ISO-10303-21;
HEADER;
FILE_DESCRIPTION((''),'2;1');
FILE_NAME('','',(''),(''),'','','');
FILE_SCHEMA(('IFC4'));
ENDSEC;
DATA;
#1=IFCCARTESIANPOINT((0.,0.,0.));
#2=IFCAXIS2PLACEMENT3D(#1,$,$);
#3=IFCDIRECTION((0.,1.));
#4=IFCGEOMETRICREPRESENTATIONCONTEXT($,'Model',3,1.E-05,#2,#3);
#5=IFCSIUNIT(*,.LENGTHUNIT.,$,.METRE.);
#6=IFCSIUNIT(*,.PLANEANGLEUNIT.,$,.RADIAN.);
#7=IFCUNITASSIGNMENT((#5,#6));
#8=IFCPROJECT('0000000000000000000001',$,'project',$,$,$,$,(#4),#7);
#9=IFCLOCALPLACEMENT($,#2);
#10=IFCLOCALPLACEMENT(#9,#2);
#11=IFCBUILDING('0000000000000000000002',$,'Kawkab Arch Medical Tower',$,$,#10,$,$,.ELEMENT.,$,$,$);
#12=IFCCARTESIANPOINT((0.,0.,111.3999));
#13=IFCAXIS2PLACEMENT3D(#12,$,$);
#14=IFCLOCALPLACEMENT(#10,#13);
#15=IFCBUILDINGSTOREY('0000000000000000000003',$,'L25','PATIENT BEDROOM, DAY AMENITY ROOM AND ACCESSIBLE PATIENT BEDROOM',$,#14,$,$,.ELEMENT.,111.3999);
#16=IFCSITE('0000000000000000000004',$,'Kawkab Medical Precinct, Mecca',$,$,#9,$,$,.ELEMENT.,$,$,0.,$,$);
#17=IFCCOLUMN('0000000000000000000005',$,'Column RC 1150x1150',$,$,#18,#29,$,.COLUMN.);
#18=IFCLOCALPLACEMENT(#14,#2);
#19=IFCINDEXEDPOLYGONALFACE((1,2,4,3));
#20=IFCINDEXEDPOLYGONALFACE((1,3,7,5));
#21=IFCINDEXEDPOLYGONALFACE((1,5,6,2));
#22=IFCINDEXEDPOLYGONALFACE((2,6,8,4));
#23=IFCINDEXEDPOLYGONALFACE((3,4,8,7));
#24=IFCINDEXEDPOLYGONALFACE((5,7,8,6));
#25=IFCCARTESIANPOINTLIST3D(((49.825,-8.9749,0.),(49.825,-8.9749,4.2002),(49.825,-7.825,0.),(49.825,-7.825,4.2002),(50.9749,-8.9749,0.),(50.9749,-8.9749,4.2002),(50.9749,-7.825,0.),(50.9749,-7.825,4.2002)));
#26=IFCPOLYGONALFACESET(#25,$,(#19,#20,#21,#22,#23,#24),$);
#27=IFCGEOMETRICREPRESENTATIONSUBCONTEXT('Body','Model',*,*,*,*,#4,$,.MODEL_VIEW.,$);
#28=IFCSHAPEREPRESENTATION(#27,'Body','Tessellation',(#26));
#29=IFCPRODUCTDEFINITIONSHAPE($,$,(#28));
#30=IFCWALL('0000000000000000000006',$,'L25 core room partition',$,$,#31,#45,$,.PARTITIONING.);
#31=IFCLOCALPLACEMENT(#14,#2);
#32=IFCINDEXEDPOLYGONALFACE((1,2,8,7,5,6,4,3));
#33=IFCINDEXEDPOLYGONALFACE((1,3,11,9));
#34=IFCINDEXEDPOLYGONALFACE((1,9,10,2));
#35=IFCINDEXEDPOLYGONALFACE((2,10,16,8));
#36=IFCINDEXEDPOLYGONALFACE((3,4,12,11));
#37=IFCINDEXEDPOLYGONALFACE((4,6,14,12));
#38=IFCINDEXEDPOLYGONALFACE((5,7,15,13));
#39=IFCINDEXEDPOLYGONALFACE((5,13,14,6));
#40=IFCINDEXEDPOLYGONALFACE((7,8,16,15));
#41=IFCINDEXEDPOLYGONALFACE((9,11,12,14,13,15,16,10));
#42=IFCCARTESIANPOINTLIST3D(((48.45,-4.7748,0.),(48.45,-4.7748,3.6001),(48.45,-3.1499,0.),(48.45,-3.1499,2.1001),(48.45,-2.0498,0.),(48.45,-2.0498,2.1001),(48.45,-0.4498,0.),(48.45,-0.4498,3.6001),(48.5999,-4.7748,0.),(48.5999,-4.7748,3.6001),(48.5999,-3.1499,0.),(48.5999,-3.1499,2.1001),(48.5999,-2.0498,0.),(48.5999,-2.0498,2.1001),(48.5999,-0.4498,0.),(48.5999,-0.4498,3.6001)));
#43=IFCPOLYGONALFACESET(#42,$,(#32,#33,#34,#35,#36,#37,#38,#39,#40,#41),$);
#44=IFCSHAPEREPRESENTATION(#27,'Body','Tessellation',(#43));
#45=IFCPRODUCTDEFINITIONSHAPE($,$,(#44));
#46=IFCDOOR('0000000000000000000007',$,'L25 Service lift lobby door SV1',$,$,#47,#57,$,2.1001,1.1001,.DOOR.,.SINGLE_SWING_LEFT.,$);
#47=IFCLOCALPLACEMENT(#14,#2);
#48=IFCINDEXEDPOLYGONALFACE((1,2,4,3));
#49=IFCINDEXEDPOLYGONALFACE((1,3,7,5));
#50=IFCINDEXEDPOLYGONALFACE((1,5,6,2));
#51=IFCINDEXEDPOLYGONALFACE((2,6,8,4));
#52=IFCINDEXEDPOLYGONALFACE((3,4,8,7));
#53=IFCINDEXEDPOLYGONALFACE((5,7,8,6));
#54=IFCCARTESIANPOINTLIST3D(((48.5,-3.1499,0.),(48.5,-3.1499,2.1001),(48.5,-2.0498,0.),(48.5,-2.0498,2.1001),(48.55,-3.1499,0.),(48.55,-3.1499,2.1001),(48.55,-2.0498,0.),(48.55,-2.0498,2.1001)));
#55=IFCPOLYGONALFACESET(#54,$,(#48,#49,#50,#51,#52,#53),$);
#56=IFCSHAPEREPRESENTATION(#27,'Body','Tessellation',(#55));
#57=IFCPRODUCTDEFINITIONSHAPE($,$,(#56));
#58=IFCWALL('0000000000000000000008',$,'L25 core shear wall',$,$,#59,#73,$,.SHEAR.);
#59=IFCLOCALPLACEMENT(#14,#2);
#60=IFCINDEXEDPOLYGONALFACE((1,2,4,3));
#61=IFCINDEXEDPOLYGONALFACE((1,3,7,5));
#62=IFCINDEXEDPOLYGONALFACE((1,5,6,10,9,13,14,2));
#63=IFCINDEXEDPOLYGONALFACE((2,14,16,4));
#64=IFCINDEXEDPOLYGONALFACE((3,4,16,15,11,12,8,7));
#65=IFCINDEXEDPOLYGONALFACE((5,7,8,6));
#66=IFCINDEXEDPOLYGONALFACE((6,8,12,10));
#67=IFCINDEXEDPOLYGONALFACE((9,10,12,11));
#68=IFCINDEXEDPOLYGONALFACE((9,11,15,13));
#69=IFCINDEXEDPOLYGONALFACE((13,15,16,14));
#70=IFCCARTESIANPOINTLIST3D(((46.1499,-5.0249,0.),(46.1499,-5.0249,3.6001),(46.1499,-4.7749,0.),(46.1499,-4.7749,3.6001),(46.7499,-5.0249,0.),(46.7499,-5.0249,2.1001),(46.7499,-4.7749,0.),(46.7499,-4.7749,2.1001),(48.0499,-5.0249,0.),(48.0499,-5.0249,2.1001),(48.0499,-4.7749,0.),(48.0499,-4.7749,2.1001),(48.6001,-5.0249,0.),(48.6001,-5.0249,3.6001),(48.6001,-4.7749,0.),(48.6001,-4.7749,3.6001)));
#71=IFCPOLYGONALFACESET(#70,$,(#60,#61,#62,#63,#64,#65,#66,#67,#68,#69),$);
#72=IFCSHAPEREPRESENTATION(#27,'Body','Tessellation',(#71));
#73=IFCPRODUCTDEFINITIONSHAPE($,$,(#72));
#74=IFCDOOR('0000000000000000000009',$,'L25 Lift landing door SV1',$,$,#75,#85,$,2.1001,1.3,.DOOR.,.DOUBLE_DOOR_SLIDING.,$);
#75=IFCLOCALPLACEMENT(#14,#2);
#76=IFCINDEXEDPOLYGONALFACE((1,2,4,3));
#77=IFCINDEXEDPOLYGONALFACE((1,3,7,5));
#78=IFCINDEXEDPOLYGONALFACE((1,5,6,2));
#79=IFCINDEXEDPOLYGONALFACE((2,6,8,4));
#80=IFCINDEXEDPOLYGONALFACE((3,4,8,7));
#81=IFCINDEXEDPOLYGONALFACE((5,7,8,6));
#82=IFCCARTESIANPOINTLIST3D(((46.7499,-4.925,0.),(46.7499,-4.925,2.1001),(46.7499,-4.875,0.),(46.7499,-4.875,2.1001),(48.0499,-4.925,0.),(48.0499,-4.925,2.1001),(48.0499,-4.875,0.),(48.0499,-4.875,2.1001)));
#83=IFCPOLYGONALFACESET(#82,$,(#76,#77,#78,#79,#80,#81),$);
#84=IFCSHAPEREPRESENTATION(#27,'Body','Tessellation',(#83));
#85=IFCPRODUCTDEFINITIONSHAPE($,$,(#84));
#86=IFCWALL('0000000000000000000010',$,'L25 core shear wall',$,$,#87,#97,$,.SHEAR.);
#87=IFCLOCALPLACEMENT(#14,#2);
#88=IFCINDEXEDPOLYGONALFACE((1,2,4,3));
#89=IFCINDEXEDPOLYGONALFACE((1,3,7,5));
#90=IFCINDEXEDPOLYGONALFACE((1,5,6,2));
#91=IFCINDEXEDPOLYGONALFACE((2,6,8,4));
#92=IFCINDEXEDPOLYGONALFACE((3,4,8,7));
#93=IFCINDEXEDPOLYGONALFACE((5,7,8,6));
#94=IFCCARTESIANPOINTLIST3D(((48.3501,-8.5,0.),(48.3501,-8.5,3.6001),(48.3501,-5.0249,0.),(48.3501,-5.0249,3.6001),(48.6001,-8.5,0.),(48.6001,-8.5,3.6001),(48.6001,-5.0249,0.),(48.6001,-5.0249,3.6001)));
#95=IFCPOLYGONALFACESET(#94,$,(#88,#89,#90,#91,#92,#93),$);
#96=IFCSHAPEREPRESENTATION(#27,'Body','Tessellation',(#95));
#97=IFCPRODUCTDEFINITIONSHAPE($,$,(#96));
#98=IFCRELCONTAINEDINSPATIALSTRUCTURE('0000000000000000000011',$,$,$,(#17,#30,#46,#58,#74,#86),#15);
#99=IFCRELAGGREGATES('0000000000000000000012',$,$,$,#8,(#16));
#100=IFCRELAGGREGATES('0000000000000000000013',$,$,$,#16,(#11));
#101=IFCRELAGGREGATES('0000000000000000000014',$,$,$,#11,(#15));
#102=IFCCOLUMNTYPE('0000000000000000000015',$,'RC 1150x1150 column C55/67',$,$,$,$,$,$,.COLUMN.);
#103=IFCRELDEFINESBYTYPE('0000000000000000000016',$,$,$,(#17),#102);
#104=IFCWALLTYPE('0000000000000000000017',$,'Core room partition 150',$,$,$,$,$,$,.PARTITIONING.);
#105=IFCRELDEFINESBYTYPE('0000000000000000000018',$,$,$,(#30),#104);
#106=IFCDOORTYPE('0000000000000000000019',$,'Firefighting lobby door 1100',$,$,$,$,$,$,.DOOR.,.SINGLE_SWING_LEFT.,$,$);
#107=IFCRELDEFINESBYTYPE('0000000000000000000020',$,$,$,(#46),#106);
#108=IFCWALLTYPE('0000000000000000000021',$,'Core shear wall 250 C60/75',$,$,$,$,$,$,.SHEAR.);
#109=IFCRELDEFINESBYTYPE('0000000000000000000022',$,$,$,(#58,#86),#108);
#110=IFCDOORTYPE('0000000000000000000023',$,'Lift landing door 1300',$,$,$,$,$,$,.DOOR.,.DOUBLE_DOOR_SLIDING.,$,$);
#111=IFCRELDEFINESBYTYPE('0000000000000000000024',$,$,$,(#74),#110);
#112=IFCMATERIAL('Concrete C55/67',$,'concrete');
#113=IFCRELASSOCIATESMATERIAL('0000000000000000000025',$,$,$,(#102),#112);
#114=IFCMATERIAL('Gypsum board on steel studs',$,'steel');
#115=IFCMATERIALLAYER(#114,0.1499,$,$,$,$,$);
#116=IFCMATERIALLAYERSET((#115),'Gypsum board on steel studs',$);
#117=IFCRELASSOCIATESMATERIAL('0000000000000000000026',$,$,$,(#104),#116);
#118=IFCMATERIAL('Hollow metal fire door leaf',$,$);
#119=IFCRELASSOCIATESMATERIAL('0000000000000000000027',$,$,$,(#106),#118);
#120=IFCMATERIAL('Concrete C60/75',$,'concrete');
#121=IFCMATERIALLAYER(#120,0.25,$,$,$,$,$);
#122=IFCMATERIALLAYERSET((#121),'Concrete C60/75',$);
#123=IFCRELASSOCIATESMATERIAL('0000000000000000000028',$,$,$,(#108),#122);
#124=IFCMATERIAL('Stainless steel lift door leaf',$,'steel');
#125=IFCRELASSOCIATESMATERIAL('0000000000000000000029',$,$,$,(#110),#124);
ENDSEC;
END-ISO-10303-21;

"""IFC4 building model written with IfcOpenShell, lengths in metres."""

from ifc_helpers import new_model, si_unit, direction, frame, frame_2d, origin, origin_2d, place, context, subcontext, project, spatial, rectangle, extrude, material, layer, layer_set, material_profile, profile_set, type_object, element, fill, save


model = new_model("IFC4")

# Units and contexts
model_context = context("Model", 3, precision=1e-05, world=origin(), true_north=direction((0.0, 1.0)))
body_context = subcontext(model_context, "Body", "Model", "MODEL_VIEW")
ifc_project = project(units=[si_unit("LENGTHUNIT", "METRE"), si_unit("PLANEANGLEUNIT", "RADIAN")], contexts=[model_context])

# Site, building, storey
site_placement = place(None, origin())
site = spatial("IfcSite", under=ifc_project, at=site_placement, Name="Kawkab Medical Precinct, Mecca", CompositionType="ELEMENT", RefElevation=0.0)
building_placement = place(site_placement, origin())
building = spatial("IfcBuilding", under=site, at=building_placement, Name="Kawkab Arch Medical Tower", CompositionType="ELEMENT")
storey_placement = place(building_placement, frame((0.0, 0.0, 111.3999)))
storey = spatial("IfcBuildingStorey", under=building, at=storey_placement, Name="L25", Description="PATIENT BEDROOM, DAY AMENITY ROOM AND ACCESSIBLE PATIENT BEDROOM", CompositionType="ELEMENT", Elevation=111.3999)

# Column
ifc_material_1 = material(Name="Concrete C55/67", Category="concrete")
ifc_material_profile = material_profile(ifc_material_1, rectangle(XDim=1.1499, YDim=1.1499, at=origin_2d()), Name="RC 1150x1150")
ifc_profile_set = profile_set([ifc_material_profile], Name="Concrete C55/67")
column_type = type_object("IfcColumnType", Name="RC 1150x1150 column C55/67", PredefinedType="COLUMN", material=ifc_profile_set)
column_placement = place(storey_placement, frame((50.3999, -8.3999, 0.0), z_axis=(0.0, 0.0, 1.0), x_axis=(1.0, 0.0, 0.0)))
element("IfcColumn", 1, at=column_placement, inside=storey, type_object=column_type, Name="Column RC 1150x1150", PredefinedType="COLUMN", context=body_context, shape_type="SweptSolid", body=[
    extrude(rectangle(XDim=1.1499, YDim=1.1499, at=origin_2d()), origin(), (0.0, 0.0, 1.0), 4.2002),
])

# Walls, openings, doors
ifc_material_2 = material(Name="Gypsum board on steel studs", Category="steel")
ifc_layer_1 = layer(ifc_material_2, 0.1499)
ifc_layer_set_1 = layer_set([ifc_layer_1], Name="Gypsum board on steel studs")
wall_type_1 = type_object("IfcWallType", Name="Core room partition 150", PredefinedType="PARTITIONING", material=ifc_layer_set_1)
wall_1_placement = place(storey_placement, frame((48.5249, -4.7749, 0.0), z_axis=(0.0, 0.0, 1.0), x_axis=(0.0, 1.0, 0.0)))
wall_1 = element("IfcWall", 2, at=wall_1_placement, inside=storey, type_object=wall_type_1, Name="L25 core room partition", PredefinedType="PARTITIONING", context=body_context, shape_type="SweptSolid", body=[
    extrude(rectangle(XDim=4.325, YDim=0.1499, at=frame_2d((2.1626, 0.0))), origin(), (0.0, 0.0, 1.0), 3.6001),
])
opening_1_placement = place(wall_1_placement, frame((1.625, 0.0, 0.0)))
opening_1 = element("IfcOpeningElement", 3, at=opening_1_placement, cuts=wall_1, PredefinedType="OPENING", context=body_context, shape_type="SweptSolid", body=[
    extrude(rectangle(XDim=1.1001, YDim=2.1001, at=frame_2d((0.55, 1.05))), frame((0.0, 0.085, 0.0), z_axis=(0.0, -1.0, 0.0), x_axis=(1.0, 0.0, 0.0)), (0.0, 0.0, 1.0), 0.1699),
])
ifc_material_3 = material(Name="Hollow metal fire door leaf")
door_type_1 = type_object("IfcDoorType", Name="Firefighting lobby door 1100", OperationType="SINGLE_SWING_LEFT", PredefinedType="DOOR", material=ifc_material_3)
door_1_placement = place(opening_1_placement, origin())
door_1 = element("IfcDoor", 4, at=door_1_placement, inside=storey, type_object=door_type_1, Name="L25 Service lift lobby door SV1", OperationType="SINGLE_SWING_LEFT", OverallHeight=2.1001, OverallWidth=1.1001, PredefinedType="DOOR", context=body_context, shape_type="SweptSolid", body=[
    extrude(rectangle(XDim=1.1001, YDim=2.1001, at=frame_2d((0.55, 1.05))), frame((0.0, 0.0249, 0.0), z_axis=(0.0, -1.0, 0.0), x_axis=(1.0, 0.0, 0.0)), (0.0, 0.0, 1.0), 0.05),
])
fill(opening_1, door_1)
ifc_material_4 = material(Name="Concrete C60/75", Category="concrete")
ifc_layer_2 = layer(ifc_material_4, 0.25)
ifc_layer_set_2 = layer_set([ifc_layer_2], Name="Concrete C60/75")
wall_type_2 = type_object("IfcWallType", Name="Core shear wall 250 C60/75", PredefinedType="SHEAR", material=ifc_layer_set_2)
wall_2_placement = place(storey_placement, frame((46.1499, -4.8999, 0.0), z_axis=(0.0, 0.0, 1.0), x_axis=(1.0, 0.0, 0.0)))
wall_2 = element("IfcWall", 5, at=wall_2_placement, inside=storey, type_object=wall_type_2, Name="L25 core shear wall", PredefinedType="SHEAR", context=body_context, shape_type="SweptSolid", body=[
    extrude(rectangle(XDim=2.4502, YDim=0.25, at=frame_2d((1.2251, 0.0))), origin(), (0.0, 0.0, 1.0), 3.6001),
])
opening_2_placement = place(wall_2_placement, frame((0.6001, 0.0, 0.0)))
opening_2 = element("IfcOpeningElement", 6, at=opening_2_placement, cuts=wall_2, PredefinedType="OPENING", context=body_context, shape_type="SweptSolid", body=[
    extrude(rectangle(XDim=1.3, YDim=2.1001, at=frame_2d((0.6499, 1.05))), frame((0.0, 0.135, 0.0), z_axis=(0.0, -1.0, 0.0), x_axis=(1.0, 0.0, 0.0)), (0.0, 0.0, 1.0), 0.27),
])
ifc_material_5 = material(Name="Stainless steel lift door leaf", Category="steel")
door_type_2 = type_object("IfcDoorType", Name="Lift landing door 1300", OperationType="DOUBLE_DOOR_SLIDING", PredefinedType="DOOR", material=ifc_material_5)
door_2_placement = place(opening_2_placement, origin())
door_2 = element("IfcDoor", 7, at=door_2_placement, inside=storey, type_object=door_type_2, Name="L25 Lift landing door SV1", OperationType="DOUBLE_DOOR_SLIDING", OverallHeight=2.1001, OverallWidth=1.3, PredefinedType="DOOR", context=body_context, shape_type="SweptSolid", body=[
    extrude(rectangle(XDim=1.3, YDim=2.1001, at=frame_2d((0.6499, 1.05))), frame((0.0, 0.0249, 0.0), z_axis=(0.0, -1.0, 0.0), x_axis=(1.0, 0.0, 0.0)), (0.0, 0.0, 1.0), 0.05),
])
fill(opening_2, door_2)

# Wall
wall_3_placement = place(storey_placement, frame((48.4751, -8.5, 0.0), z_axis=(0.0, 0.0, 1.0), x_axis=(0.0, 1.0, 0.0)))
element("IfcWall", 8, at=wall_3_placement, inside=storey, type_object=wall_type_2, Name="L25 core shear wall", PredefinedType="SHEAR", context=body_context, shape_type="SweptSolid", body=[
    extrude(rectangle(XDim=3.4751, YDim=0.25, at=frame_2d((1.7375, 0.0))), origin(), (0.0, 0.0, 1.0), 3.6001),
])

save(model, "model.ifc")
